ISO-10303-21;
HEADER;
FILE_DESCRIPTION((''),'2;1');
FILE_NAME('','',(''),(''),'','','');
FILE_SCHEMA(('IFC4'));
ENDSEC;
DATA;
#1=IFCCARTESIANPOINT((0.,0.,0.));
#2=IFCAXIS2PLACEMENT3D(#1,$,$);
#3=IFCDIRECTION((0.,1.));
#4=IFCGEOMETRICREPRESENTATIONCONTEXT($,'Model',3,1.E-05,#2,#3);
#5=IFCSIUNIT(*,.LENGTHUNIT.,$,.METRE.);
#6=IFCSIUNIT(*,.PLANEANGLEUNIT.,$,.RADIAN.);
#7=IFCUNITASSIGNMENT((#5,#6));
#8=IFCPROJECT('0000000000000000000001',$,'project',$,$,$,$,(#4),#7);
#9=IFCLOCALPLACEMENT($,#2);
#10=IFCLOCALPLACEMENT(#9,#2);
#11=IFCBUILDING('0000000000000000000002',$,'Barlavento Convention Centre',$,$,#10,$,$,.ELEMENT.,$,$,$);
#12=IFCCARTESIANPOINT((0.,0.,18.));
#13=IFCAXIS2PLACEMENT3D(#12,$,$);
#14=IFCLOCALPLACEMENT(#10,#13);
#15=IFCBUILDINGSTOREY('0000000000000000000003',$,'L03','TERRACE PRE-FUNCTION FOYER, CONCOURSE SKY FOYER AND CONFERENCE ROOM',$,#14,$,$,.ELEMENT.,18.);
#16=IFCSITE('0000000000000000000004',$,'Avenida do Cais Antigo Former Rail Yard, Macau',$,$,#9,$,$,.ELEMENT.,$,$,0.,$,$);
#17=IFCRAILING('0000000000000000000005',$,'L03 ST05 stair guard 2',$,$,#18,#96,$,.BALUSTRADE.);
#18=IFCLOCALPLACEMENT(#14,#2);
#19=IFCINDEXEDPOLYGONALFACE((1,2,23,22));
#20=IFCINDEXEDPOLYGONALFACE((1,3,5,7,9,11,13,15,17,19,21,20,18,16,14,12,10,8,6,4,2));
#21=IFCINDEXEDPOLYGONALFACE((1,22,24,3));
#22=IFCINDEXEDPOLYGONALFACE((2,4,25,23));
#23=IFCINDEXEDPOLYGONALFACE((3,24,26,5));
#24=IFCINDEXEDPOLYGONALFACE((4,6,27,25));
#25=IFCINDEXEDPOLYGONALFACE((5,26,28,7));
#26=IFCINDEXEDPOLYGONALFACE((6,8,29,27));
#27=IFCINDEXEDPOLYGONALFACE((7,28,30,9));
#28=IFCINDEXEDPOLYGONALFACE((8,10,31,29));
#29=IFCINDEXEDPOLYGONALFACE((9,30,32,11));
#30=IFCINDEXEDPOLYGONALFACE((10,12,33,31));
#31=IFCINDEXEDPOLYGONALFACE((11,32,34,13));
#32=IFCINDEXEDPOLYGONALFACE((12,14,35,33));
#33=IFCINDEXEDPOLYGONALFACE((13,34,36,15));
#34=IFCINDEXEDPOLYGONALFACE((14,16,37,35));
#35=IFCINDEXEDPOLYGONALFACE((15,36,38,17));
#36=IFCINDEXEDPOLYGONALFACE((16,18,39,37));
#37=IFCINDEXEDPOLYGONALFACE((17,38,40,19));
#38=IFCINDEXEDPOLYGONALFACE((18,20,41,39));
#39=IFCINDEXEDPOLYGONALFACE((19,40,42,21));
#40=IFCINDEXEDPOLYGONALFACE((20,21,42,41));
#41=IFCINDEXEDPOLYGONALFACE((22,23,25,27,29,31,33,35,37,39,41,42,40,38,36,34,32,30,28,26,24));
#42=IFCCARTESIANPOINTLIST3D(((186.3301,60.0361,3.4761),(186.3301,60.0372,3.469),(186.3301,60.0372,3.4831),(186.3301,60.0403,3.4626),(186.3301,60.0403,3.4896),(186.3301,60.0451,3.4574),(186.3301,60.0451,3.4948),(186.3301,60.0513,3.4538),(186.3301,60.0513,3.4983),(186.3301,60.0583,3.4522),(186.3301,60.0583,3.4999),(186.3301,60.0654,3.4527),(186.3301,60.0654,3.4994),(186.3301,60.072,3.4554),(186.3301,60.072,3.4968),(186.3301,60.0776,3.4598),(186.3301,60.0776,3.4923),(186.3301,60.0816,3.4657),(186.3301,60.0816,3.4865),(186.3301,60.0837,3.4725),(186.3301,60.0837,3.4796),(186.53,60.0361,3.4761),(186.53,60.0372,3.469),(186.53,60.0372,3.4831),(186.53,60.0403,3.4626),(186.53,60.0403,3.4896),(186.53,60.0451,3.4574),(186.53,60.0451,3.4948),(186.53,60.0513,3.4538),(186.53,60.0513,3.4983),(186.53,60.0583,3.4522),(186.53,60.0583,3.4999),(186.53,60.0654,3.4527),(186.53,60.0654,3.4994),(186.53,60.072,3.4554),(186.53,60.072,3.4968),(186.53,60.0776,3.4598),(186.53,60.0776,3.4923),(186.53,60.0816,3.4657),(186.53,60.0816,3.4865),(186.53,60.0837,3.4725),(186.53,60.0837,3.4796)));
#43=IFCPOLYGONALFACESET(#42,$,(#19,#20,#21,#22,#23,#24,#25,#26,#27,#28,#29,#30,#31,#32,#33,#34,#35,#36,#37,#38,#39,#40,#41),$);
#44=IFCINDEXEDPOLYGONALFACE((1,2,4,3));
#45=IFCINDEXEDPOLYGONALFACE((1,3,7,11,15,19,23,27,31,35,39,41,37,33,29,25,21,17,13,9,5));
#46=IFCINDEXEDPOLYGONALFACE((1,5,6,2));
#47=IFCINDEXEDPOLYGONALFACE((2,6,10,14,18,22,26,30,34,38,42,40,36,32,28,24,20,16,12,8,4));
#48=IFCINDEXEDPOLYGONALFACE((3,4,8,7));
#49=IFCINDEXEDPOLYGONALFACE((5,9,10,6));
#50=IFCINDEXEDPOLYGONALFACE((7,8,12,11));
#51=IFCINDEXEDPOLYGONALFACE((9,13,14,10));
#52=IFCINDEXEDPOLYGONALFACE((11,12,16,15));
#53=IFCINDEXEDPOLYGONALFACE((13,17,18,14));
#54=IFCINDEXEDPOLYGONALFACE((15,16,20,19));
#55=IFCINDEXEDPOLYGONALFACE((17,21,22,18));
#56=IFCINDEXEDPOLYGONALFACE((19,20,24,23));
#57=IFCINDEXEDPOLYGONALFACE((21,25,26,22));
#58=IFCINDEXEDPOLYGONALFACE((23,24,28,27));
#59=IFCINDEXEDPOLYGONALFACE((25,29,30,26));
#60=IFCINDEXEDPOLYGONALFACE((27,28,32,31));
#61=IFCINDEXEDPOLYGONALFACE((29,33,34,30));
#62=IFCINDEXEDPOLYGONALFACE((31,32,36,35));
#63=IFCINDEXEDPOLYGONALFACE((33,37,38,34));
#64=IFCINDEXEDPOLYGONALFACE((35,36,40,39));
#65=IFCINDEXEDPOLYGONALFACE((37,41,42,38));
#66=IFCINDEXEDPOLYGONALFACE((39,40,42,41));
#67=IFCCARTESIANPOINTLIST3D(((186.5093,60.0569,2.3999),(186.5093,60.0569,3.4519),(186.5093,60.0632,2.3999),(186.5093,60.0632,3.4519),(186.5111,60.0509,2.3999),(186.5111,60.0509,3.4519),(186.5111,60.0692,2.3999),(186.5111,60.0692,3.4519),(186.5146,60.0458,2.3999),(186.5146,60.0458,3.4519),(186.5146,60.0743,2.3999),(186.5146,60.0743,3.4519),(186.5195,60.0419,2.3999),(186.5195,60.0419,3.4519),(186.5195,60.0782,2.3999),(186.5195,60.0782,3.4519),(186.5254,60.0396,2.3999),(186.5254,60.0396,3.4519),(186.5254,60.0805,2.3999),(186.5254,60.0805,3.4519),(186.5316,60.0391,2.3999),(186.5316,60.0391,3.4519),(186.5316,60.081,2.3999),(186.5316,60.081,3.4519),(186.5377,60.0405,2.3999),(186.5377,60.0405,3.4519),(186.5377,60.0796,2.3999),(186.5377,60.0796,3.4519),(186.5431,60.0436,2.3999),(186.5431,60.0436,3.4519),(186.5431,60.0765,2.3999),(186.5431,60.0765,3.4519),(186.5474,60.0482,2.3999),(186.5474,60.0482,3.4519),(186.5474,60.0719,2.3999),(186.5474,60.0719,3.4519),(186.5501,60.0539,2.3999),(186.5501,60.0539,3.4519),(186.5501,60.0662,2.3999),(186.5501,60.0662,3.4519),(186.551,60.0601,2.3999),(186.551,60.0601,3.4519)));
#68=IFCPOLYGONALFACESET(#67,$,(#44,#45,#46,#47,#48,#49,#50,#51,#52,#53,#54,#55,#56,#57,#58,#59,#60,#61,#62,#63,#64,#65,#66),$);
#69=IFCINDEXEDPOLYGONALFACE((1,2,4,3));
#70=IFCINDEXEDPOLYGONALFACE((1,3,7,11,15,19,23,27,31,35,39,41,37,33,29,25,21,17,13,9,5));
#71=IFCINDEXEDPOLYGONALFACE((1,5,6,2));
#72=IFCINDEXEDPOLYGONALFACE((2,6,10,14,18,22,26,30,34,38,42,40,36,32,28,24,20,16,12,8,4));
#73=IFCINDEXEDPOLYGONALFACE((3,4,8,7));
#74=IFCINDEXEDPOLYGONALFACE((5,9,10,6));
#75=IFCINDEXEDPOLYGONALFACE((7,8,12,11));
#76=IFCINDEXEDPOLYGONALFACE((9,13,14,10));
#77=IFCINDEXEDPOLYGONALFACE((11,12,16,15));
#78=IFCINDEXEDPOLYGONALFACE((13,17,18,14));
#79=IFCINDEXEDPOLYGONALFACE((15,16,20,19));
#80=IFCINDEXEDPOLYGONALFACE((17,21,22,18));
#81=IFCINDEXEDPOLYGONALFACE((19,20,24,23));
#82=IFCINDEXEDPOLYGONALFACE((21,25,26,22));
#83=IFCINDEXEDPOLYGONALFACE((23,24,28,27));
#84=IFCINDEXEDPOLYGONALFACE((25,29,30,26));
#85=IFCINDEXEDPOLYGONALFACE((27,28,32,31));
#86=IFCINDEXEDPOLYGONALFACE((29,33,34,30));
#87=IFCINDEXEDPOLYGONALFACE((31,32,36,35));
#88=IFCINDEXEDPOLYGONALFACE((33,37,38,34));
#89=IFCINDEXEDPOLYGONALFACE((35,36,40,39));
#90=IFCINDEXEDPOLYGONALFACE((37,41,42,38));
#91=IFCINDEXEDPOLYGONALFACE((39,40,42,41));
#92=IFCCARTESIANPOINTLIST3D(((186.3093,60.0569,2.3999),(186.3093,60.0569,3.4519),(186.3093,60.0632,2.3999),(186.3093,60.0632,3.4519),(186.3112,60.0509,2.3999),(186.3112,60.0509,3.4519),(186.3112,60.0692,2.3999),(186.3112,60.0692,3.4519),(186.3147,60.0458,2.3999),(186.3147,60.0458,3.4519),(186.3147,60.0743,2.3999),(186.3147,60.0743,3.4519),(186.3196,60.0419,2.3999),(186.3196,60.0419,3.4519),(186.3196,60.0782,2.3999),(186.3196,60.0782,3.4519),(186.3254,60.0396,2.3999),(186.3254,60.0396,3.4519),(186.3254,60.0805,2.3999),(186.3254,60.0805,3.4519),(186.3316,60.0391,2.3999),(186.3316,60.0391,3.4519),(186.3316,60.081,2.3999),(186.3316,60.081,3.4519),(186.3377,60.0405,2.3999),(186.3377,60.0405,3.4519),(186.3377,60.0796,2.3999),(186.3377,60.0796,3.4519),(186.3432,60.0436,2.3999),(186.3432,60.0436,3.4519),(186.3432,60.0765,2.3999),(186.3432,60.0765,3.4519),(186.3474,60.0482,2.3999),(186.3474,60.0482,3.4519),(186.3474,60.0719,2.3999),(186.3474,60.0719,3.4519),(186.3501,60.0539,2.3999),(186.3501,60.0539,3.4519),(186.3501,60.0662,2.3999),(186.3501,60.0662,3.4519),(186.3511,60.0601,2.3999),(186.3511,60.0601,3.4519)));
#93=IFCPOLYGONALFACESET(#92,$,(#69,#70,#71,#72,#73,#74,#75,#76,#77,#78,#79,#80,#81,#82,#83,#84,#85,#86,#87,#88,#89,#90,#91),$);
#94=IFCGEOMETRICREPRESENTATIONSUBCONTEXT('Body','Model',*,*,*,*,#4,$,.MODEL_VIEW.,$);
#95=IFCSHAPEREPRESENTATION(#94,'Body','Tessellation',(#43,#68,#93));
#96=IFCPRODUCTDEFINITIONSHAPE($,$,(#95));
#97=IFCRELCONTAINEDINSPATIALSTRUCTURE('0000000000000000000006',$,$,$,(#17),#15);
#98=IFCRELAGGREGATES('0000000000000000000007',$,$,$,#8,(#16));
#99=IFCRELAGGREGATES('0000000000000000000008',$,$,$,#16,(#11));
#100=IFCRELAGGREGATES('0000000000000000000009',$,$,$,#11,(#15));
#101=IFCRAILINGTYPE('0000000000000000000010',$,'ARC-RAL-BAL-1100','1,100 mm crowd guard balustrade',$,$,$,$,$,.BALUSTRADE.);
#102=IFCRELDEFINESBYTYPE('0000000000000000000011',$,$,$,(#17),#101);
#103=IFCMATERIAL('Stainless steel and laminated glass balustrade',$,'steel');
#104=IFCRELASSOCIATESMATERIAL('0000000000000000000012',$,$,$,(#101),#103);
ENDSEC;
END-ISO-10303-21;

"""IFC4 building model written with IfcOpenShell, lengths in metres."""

from ifc_helpers import new_model, si_unit, direction, frame, origin, origin_2d, place, context, subcontext, project, spatial, circle, extrude, material, type_object, element, save


model = new_model("IFC4")

# Units and contexts
model_context = context("Model", 3, precision=1e-05, world=origin(), true_north=direction((0.0, 1.0)))
body_context = subcontext(model_context, "Body", "Model", "MODEL_VIEW")
ifc_project = project(units=[si_unit("LENGTHUNIT", "METRE"), si_unit("PLANEANGLEUNIT", "RADIAN")], contexts=[model_context])

# Site, building, storey
site_placement = place(None, origin())
site = spatial("IfcSite", under=ifc_project, at=site_placement, Name="Avenida do Cais Antigo Former Rail Yard, Macau", CompositionType="ELEMENT", RefElevation=0.0)
building_placement = place(site_placement, origin())
building = spatial("IfcBuilding", under=site, at=building_placement, Name="Barlavento Convention Centre", CompositionType="ELEMENT")
storey_placement = place(building_placement, frame((0.0, 0.0, 18.0)))
storey = spatial("IfcBuildingStorey", under=building, at=storey_placement, Name="L03", Description="TERRACE PRE-FUNCTION FOYER, CONCOURSE SKY FOYER AND CONFERENCE ROOM", CompositionType="ELEMENT", Elevation=18.0)

# Railing
ifc_material_1 = material(Name="Stainless steel and laminated glass balustrade", Category="steel")
railing_type_1 = type_object("IfcRailingType", Name="ARC-RAL-BAL-1100", Description="1,100 mm crowd guard balustrade", PredefinedType="BALUSTRADE", material=ifc_material_1)
railing_1_placement = place(storey_placement, frame((186.53, 60.0601, 2.3999)))
element("IfcRailing", 1, at=railing_1_placement, inside=storey, type_object=railing_type_1, Name="L03 ST05 stair guard 2", PredefinedType="BALUSTRADE", context=body_context, shape_type="SweptSolid", body=[
    extrude(circle(Radius=0.0239, at=origin_2d()), frame((0.0, 0.0, 1.0762), z_axis=(-1.0, 0.0, 0.0), x_axis=(0.0, -1.0, 0.0)), (0.0, 0.0, 1.0), 0.2),
    extrude(circle(Radius=0.021, at=origin_2d()), origin(), (0.0, 0.0, 1.0), 1.052),
    extrude(circle(Radius=0.021, at=origin_2d()), frame((-0.2, 0.0, 0.0)), (0.0, 0.0, 1.0), 1.052),
])

save(model, "model.ifc")
